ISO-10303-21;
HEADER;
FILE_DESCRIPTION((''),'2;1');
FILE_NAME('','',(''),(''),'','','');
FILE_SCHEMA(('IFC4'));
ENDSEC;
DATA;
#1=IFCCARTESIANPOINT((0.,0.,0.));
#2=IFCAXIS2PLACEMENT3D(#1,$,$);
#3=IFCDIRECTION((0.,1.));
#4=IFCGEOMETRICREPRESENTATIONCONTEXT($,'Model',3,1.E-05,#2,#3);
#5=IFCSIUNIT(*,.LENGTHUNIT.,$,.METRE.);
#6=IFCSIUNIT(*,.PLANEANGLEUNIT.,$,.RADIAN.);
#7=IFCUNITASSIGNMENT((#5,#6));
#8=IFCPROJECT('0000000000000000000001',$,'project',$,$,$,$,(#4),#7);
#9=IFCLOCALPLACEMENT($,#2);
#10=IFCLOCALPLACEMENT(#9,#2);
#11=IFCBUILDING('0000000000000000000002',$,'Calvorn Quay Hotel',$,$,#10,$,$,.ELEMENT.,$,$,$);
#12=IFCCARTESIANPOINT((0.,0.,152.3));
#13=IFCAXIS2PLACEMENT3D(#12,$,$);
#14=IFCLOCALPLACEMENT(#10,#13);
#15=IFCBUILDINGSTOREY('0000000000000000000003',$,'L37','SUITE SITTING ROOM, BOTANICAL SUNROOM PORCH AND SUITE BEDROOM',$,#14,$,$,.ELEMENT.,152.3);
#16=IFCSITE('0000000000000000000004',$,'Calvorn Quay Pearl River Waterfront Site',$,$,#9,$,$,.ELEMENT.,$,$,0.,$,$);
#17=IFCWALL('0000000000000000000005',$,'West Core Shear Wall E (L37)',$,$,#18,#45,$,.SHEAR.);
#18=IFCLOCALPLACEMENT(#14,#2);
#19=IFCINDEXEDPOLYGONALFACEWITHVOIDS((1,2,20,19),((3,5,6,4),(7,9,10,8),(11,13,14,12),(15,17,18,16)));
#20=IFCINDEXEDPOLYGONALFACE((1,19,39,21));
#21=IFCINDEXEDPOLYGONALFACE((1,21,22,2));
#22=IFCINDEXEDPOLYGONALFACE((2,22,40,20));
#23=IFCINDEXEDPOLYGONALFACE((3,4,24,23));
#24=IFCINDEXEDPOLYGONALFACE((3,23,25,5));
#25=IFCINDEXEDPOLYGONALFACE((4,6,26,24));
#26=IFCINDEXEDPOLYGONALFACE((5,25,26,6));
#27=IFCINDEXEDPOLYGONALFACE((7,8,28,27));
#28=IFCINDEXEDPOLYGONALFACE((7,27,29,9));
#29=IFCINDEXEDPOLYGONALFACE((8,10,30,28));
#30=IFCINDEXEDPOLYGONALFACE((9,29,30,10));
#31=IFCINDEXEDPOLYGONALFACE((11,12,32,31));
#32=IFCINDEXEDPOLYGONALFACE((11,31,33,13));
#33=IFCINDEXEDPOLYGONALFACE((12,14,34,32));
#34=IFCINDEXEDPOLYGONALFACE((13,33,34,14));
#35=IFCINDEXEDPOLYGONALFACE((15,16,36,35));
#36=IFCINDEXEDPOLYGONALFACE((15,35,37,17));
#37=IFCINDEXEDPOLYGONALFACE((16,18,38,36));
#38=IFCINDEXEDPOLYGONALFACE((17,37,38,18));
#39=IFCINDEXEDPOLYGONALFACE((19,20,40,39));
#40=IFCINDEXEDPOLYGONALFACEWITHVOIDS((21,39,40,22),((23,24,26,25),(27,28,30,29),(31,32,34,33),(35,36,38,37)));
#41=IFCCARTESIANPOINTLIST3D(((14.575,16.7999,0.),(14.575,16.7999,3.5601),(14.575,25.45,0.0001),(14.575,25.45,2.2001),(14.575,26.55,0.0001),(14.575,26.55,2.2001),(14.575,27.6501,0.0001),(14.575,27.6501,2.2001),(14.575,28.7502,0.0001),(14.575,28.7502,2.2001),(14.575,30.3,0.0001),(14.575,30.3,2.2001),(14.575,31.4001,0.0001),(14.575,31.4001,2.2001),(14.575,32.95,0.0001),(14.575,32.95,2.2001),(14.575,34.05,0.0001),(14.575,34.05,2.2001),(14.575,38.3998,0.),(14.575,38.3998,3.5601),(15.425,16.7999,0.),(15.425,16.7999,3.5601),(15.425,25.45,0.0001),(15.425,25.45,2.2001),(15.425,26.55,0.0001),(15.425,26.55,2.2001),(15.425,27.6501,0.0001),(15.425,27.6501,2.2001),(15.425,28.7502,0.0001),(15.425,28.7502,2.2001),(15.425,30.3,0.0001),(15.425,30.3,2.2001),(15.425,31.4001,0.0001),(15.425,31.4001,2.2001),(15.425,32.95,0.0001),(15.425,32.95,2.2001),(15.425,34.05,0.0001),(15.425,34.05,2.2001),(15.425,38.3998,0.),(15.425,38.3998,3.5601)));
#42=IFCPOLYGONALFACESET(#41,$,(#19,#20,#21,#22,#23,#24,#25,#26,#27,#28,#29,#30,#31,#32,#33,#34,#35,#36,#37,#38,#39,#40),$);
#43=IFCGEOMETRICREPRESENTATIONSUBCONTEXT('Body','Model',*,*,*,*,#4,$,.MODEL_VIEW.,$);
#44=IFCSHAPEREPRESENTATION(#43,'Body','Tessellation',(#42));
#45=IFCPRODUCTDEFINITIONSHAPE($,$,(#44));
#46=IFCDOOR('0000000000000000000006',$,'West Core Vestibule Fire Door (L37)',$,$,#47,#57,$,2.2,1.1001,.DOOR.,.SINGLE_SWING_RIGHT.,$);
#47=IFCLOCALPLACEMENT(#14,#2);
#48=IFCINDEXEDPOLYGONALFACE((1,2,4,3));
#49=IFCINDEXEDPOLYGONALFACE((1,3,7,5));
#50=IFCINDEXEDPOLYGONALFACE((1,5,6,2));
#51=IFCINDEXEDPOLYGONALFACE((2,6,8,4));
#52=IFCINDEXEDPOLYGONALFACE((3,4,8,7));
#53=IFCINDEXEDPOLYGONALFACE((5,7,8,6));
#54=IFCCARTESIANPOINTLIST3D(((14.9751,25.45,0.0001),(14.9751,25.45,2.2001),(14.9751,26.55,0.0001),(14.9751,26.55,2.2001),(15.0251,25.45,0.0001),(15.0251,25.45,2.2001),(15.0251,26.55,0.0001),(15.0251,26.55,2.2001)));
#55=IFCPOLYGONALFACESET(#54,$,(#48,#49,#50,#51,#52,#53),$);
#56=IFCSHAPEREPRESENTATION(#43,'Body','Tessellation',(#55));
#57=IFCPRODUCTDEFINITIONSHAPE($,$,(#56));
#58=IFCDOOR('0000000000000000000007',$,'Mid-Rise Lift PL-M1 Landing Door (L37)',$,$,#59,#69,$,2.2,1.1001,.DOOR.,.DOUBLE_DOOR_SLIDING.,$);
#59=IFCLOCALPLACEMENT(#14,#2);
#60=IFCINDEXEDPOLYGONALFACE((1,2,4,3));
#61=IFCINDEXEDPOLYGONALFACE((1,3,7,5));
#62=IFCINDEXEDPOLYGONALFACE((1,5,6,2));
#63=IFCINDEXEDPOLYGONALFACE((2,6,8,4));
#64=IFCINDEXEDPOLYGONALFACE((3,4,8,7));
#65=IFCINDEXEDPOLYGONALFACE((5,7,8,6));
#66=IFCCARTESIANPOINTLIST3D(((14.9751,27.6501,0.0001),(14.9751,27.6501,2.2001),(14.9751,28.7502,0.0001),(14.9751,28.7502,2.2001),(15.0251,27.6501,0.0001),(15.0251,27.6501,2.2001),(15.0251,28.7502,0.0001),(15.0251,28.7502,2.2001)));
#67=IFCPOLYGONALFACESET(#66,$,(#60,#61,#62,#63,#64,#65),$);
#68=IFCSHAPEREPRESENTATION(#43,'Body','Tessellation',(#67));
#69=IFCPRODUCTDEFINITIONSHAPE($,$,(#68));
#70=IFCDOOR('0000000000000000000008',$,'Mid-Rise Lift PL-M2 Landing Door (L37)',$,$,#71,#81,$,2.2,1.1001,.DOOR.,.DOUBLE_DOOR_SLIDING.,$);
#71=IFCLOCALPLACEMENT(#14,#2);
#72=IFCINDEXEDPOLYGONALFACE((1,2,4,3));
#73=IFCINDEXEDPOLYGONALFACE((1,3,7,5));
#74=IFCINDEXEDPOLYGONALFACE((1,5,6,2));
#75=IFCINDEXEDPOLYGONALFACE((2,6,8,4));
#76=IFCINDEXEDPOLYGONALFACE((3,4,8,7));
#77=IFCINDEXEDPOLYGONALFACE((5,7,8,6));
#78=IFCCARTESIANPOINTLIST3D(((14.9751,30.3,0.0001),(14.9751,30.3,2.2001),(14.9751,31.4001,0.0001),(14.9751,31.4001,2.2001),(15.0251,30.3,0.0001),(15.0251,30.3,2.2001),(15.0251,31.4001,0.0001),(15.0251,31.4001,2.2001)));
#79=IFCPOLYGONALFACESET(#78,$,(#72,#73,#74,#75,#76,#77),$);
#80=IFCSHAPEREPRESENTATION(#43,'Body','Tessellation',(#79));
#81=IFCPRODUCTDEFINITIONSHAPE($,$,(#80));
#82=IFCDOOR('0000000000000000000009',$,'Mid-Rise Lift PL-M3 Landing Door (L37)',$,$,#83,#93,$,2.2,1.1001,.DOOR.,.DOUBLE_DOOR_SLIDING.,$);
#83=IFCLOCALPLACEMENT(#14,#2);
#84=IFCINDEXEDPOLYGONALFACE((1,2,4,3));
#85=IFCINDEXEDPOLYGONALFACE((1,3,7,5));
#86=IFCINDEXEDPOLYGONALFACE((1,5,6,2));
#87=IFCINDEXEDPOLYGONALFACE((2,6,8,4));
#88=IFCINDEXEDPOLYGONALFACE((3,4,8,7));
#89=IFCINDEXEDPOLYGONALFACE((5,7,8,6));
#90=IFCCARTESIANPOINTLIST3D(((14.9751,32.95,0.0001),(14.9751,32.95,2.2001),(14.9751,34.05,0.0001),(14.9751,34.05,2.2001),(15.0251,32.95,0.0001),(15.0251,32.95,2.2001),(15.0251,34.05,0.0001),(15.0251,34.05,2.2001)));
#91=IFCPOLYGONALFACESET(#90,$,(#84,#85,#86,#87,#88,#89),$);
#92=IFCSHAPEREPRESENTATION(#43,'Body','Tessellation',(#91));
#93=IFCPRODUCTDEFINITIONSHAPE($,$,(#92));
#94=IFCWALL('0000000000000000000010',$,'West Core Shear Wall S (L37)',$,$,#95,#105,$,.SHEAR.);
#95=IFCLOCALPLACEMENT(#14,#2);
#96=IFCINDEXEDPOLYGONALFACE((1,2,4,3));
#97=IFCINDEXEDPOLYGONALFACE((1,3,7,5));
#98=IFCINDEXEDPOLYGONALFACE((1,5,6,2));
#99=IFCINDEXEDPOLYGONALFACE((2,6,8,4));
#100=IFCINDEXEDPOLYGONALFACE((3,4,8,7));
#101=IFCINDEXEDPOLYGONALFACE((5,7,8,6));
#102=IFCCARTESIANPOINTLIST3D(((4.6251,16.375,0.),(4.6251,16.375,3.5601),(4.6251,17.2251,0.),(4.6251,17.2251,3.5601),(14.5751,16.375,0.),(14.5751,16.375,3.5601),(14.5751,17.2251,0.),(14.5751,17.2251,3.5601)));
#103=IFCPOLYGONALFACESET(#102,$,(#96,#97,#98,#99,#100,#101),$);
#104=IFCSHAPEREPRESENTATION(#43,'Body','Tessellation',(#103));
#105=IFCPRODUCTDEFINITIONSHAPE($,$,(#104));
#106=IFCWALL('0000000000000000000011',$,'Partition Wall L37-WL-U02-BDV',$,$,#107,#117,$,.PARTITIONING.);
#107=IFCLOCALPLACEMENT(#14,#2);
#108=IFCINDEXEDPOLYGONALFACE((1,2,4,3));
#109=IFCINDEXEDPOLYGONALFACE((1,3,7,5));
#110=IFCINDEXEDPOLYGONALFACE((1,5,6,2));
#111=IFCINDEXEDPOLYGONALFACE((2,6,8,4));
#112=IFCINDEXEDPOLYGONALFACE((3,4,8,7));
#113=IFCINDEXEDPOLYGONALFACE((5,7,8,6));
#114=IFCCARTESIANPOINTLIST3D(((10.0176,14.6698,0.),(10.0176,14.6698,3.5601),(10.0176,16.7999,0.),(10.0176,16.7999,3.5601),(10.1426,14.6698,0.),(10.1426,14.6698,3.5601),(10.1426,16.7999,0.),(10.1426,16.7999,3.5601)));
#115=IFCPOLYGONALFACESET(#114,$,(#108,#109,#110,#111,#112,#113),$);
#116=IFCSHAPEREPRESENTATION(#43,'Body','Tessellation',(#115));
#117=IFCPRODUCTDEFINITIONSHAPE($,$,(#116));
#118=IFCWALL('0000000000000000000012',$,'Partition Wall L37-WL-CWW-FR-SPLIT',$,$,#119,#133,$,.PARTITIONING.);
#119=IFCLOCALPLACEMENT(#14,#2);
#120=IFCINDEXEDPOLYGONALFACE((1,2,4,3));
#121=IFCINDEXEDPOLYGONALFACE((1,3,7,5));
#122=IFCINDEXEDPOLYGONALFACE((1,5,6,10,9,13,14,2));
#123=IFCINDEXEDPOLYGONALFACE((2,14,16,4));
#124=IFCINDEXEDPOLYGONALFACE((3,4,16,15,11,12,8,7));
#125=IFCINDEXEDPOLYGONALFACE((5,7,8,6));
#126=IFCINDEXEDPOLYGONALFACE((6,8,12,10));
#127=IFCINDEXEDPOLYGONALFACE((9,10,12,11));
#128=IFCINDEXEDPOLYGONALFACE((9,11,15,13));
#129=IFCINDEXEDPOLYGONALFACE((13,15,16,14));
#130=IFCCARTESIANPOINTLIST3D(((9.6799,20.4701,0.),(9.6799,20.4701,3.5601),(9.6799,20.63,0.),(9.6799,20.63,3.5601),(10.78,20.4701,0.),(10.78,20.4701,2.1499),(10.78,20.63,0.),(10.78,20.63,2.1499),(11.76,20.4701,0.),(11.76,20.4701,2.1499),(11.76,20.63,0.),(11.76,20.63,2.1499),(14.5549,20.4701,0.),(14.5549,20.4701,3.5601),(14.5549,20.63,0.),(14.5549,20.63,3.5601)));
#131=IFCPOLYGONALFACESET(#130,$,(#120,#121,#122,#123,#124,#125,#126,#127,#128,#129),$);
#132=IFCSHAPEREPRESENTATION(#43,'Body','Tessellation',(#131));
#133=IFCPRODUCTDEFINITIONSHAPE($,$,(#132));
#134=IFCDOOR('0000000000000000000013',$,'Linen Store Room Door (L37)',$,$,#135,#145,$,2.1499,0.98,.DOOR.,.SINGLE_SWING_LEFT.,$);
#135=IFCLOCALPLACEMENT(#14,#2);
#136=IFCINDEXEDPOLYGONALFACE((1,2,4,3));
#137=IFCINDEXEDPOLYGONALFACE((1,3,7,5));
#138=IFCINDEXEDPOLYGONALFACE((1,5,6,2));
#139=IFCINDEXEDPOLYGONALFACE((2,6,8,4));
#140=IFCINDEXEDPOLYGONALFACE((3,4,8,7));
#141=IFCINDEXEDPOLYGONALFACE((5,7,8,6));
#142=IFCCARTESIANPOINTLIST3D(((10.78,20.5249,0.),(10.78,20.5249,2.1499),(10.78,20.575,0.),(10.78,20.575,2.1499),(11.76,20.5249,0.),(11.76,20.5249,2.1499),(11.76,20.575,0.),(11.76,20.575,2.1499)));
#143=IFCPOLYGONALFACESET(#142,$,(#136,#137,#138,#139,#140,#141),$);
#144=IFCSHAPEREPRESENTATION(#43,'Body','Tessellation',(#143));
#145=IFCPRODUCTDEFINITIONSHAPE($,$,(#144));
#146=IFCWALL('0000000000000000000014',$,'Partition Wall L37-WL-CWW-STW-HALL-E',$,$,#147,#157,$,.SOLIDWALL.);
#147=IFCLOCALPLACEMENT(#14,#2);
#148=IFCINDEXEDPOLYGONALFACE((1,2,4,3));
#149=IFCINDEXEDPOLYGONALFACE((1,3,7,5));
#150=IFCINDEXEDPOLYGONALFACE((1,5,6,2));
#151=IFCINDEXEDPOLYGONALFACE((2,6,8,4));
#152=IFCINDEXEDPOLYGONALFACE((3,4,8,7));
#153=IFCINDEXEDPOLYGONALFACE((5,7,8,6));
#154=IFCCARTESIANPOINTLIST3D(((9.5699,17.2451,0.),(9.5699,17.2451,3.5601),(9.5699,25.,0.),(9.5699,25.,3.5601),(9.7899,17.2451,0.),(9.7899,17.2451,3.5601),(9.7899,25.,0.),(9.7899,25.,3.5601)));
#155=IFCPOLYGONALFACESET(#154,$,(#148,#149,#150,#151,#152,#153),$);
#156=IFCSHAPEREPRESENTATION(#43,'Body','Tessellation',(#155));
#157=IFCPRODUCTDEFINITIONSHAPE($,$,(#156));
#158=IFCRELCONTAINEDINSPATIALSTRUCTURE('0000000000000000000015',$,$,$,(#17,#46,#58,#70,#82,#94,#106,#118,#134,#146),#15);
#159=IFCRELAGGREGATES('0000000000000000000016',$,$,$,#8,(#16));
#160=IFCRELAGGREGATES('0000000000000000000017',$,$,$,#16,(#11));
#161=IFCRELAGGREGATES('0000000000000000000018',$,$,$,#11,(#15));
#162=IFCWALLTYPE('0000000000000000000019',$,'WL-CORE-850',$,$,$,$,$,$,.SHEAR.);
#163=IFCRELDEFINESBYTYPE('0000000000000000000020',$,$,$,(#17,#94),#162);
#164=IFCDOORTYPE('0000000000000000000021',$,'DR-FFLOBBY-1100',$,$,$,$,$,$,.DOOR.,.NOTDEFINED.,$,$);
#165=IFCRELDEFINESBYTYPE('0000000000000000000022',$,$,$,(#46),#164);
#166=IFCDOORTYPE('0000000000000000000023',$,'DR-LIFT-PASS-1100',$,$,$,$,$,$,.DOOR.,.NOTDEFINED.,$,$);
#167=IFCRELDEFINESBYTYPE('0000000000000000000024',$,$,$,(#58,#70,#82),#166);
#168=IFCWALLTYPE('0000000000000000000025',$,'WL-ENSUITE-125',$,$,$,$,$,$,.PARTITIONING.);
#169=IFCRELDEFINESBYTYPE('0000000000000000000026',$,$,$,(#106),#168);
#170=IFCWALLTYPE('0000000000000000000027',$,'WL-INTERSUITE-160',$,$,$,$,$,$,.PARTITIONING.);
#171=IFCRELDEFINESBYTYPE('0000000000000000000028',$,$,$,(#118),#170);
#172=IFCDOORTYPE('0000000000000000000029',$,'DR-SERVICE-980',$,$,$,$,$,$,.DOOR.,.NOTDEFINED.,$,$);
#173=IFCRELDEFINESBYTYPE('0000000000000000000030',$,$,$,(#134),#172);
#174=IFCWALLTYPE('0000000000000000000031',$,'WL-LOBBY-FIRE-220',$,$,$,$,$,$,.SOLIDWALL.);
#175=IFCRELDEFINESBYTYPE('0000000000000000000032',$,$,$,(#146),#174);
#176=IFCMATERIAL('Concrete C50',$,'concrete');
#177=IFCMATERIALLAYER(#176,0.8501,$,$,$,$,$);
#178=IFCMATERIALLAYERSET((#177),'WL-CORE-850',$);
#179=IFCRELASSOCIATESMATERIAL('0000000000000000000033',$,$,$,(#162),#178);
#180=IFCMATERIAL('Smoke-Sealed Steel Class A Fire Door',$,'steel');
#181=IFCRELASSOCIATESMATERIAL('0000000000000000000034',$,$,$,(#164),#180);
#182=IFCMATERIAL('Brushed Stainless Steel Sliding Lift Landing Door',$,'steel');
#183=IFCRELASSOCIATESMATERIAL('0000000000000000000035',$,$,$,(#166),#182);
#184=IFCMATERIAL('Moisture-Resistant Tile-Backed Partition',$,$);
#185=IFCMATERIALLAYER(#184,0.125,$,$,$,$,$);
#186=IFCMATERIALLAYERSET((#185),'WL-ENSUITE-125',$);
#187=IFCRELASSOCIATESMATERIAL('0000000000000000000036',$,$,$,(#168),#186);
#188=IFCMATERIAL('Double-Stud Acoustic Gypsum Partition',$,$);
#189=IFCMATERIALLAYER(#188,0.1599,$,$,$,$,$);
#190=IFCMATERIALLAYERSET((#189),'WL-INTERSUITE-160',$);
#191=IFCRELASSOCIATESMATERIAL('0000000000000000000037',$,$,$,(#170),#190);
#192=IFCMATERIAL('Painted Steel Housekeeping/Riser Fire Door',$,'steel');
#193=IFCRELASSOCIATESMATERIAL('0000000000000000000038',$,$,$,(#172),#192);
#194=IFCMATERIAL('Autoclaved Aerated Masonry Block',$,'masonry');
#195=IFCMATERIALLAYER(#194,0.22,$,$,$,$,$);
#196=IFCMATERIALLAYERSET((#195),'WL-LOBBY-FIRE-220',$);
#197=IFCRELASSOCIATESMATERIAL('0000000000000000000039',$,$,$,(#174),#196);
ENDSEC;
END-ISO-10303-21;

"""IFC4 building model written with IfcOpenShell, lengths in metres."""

from ifc_helpers import new_model, si_unit, direction, frame, frame_2d, origin, place, context, subcontext, project, spatial, rectangle, extrude, material, layer, layer_set, type_object, element, fill, save


model = new_model("IFC4")

# Units and contexts
model_context = context("Model", 3, precision=1e-05, world=origin(), true_north=direction((0.0, 1.0)))
body_context = subcontext(model_context, "Body", "Model", "MODEL_VIEW")
ifc_project = project(units=[si_unit("LENGTHUNIT", "METRE"), si_unit("PLANEANGLEUNIT", "RADIAN")], contexts=[model_context])

# Site, building, storey
site_placement = place(None, origin())
site = spatial("IfcSite", under=ifc_project, at=site_placement, Name="Calvorn Quay Pearl River Waterfront Site", CompositionType="ELEMENT", RefElevation=0.0)
building_placement = place(site_placement, origin())
building = spatial("IfcBuilding", under=site, at=building_placement, Name="Calvorn Quay Hotel", CompositionType="ELEMENT")
storey_placement = place(building_placement, frame((0.0, 0.0, 152.3)))
storey = spatial("IfcBuildingStorey", under=building, at=storey_placement, Name="L37", Description="SUITE SITTING ROOM, BOTANICAL SUNROOM PORCH AND SUITE BEDROOM", CompositionType="ELEMENT", Elevation=152.3)

# Shared definitions
ifc_material_1 = material(Name="Concrete C50", Category="concrete")
ifc_layer_1 = layer(ifc_material_1, 0.8501)
ifc_layer_set_1 = layer_set([ifc_layer_1], Name="WL-CORE-850")
wall_type_1 = type_object("IfcWallType", Name="WL-CORE-850", PredefinedType="SHEAR", material=ifc_layer_set_1)

# Wall, openings, doors
wall_1_placement = place(storey_placement, frame((15.0, 16.8, 0.0), z_axis=(0.0, 0.0, 1.0), x_axis=(0.0, 1.0, 0.0)))
wall_1 = element("IfcWall", 1, at=wall_1_placement, inside=storey, type_object=wall_type_1, Name="West Core Shear Wall E (L37)", PredefinedType="SHEAR", context=body_context, shape_type="SweptSolid", body=[
    extrude(rectangle(XDim=21.5999, YDim=0.8501, at=frame_2d((10.7998, 0.0))), origin(), (0.0, 0.0, 1.0), 3.5601),
])
opening_1_placement = place(wall_1_placement, frame((8.6499, 0.0, 0.0)))
opening_1 = element("IfcOpeningElement", 2, at=opening_1_placement, cuts=wall_1, PredefinedType="OPENING", context=body_context, shape_type="SweptSolid", body=[
    extrude(rectangle(XDim=1.1001, YDim=2.2, at=frame_2d((0.55, 1.1001))), frame((0.0, 0.4351, 0.0), z_axis=(0.0, -1.0, 0.0), x_axis=(1.0, 0.0, 0.0)), (0.0, 0.0, 1.0), 0.8701),
])
opening_2_placement = place(wall_1_placement, frame((10.8501, 0.0, 0.0)))
opening_2 = element("IfcOpeningElement", 3, at=opening_2_placement, cuts=wall_1, PredefinedType="OPENING", context=body_context, shape_type="SweptSolid", body=[
    extrude(rectangle(XDim=1.1001, YDim=2.2, at=frame_2d((0.55, 1.1001))), frame((0.0, 0.4351, 0.0), z_axis=(0.0, -1.0, 0.0), x_axis=(1.0, 0.0, 0.0)), (0.0, 0.0, 1.0), 0.8701),
])
opening_3_placement = place(wall_1_placement, frame((13.5, 0.0, 0.0)))
opening_3 = element("IfcOpeningElement", 4, at=opening_3_placement, cuts=wall_1, PredefinedType="OPENING", context=body_context, shape_type="SweptSolid", body=[
    extrude(rectangle(XDim=1.1001, YDim=2.2, at=frame_2d((0.55, 1.1001))), frame((0.0, 0.4351, 0.0), z_axis=(0.0, -1.0, 0.0), x_axis=(1.0, 0.0, 0.0)), (0.0, 0.0, 1.0), 0.8701),
])
opening_4_placement = place(wall_1_placement, frame((16.1499, 0.0, 0.0)))
opening_4 = element("IfcOpeningElement", 5, at=opening_4_placement, cuts=wall_1, PredefinedType="OPENING", context=body_context, shape_type="SweptSolid", body=[
    extrude(rectangle(XDim=1.1001, YDim=2.2, at=frame_2d((0.55, 1.1001))), frame((0.0, 0.4351, 0.0), z_axis=(0.0, -1.0, 0.0), x_axis=(1.0, 0.0, 0.0)), (0.0, 0.0, 1.0), 0.8701),
])
ifc_material_2 = material(Name="Smoke-Sealed Steel Class A Fire Door", Category="steel")
door_type_1 = type_object("IfcDoorType", Name="DR-FFLOBBY-1100", OperationType="NOTDEFINED", PredefinedType="DOOR", material=ifc_material_2)
door_1_placement = place(opening_1_placement, origin())
door_1 = element("IfcDoor", 6, at=door_1_placement, inside=storey, type_object=door_type_1, Name="West Core Vestibule Fire Door (L37)", OperationType="SINGLE_SWING_RIGHT", OverallHeight=2.2, OverallWidth=1.1001, PredefinedType="DOOR", context=body_context, shape_type="SweptSolid", body=[
    extrude(rectangle(XDim=1.1001, YDim=2.2, at=frame_2d((0.55, 1.1001))), frame((0.0, 0.0249, 0.0), z_axis=(0.0, -1.0, 0.0), x_axis=(1.0, 0.0, 0.0)), (0.0, 0.0, 1.0), 0.05),
])
fill(opening_1, door_1)
ifc_material_3 = material(Name="Brushed Stainless Steel Sliding Lift Landing Door", Category="steel")
door_type_2 = type_object("IfcDoorType", Name="DR-LIFT-PASS-1100", OperationType="NOTDEFINED", PredefinedType="DOOR", material=ifc_material_3)
door_2_placement = place(opening_2_placement, origin())
door_2 = element("IfcDoor", 7, at=door_2_placement, inside=storey, type_object=door_type_2, Name="Mid-Rise Lift PL-M1 Landing Door (L37)", OperationType="DOUBLE_DOOR_SLIDING", OverallHeight=2.2, OverallWidth=1.1001, PredefinedType="DOOR", context=body_context, shape_type="SweptSolid", body=[
    extrude(rectangle(XDim=1.1001, YDim=2.2, at=frame_2d((0.55, 1.1001))), frame((0.0, 0.0249, 0.0), z_axis=(0.0, -1.0, 0.0), x_axis=(1.0, 0.0, 0.0)), (0.0, 0.0, 1.0), 0.05),
])
fill(opening_2, door_2)
door_3_placement = place(opening_3_placement, origin())
door_3 = element("IfcDoor", 8, at=door_3_placement, inside=storey, type_object=door_type_2, Name="Mid-Rise Lift PL-M2 Landing Door (L37)", OperationType="DOUBLE_DOOR_SLIDING", OverallHeight=2.2, OverallWidth=1.1001, PredefinedType="DOOR", context=body_context, shape_type="SweptSolid", body=[
    extrude(rectangle(XDim=1.1001, YDim=2.2, at=frame_2d((0.55, 1.1001))), frame((0.0, 0.0249, 0.0), z_axis=(0.0, -1.0, 0.0), x_axis=(1.0, 0.0, 0.0)), (0.0, 0.0, 1.0), 0.05),
])
fill(opening_3, door_3)
door_4_placement = place(opening_4_placement, origin())
door_4 = element("IfcDoor", 9, at=door_4_placement, inside=storey, type_object=door_type_2, Name="Mid-Rise Lift PL-M3 Landing Door (L37)", OperationType="DOUBLE_DOOR_SLIDING", OverallHeight=2.2, OverallWidth=1.1001, PredefinedType="DOOR", context=body_context, shape_type="SweptSolid", body=[
    extrude(rectangle(XDim=1.1001, YDim=2.2, at=frame_2d((0.55, 1.1001))), frame((0.0, 0.0249, 0.0), z_axis=(0.0, -1.0, 0.0), x_axis=(1.0, 0.0, 0.0)), (0.0, 0.0, 1.0), 0.05),
])
fill(opening_4, door_4)

# Walls
wall_2_placement = place(storey_placement, frame((4.625, 16.8, 0.0), z_axis=(0.0, 0.0, 1.0), x_axis=(1.0, 0.0, 0.0)))
element("IfcWall", 10, at=wall_2_placement, inside=storey, type_object=wall_type_1, Name="West Core Shear Wall S (L37)", PredefinedType="SHEAR", context=body_context, shape_type="SweptSolid", body=[
    extrude(rectangle(XDim=9.95, YDim=0.8501, at=frame_2d((4.9751, 0.0))), origin(), (0.0, 0.0, 1.0), 3.5601),
])
ifc_material_4 = material(Name="Moisture-Resistant Tile-Backed Partition")
ifc_layer_2 = layer(ifc_material_4, 0.125)
ifc_layer_set_2 = layer_set([ifc_layer_2], Name="WL-ENSUITE-125")
wall_type_2 = type_object("IfcWallType", Name="WL-ENSUITE-125", PredefinedType="PARTITIONING", material=ifc_layer_set_2)
wall_3_placement = place(storey_placement, frame((10.0801, 14.6699, 0.0), z_axis=(0.0, 0.0, 1.0), x_axis=(0.0, 1.0, 0.0)))
element("IfcWall", 11, at=wall_3_placement, inside=storey, type_object=wall_type_2, Name="Partition Wall L37-WL-U02-BDV", PredefinedType="PARTITIONING", context=body_context, shape_type="SweptSolid", body=[
    extrude(rectangle(XDim=2.1301, YDim=0.125, at=frame_2d((1.0649, 0.0))), origin(), (0.0, 0.0, 1.0), 3.5601),
])

# Wall, opening, door
ifc_material_5 = material(Name="Double-Stud Acoustic Gypsum Partition")
ifc_layer_3 = layer(ifc_material_5, 0.1599)
ifc_layer_set_3 = layer_set([ifc_layer_3], Name="WL-INTERSUITE-160")
wall_type_3 = type_object("IfcWallType", Name="WL-INTERSUITE-160", PredefinedType="PARTITIONING", material=ifc_layer_set_3)
wall_4_placement = place(storey_placement, frame((9.6799, 20.55, 0.0), z_axis=(0.0, 0.0, 1.0), x_axis=(1.0, 0.0, 0.0)))
wall_4 = element("IfcWall", 12, at=wall_4_placement, inside=storey, type_object=wall_type_3, Name="Partition Wall L37-WL-CWW-FR-SPLIT", PredefinedType="PARTITIONING", context=body_context, shape_type="SweptSolid", body=[
    extrude(rectangle(XDim=4.875, YDim=0.1599, at=frame_2d((2.4375, 0.0))), origin(), (0.0, 0.0, 1.0), 3.5601),
])
opening_5_placement = place(wall_4_placement, frame((1.1001, 0.0, 0.0)))
opening_5 = element("IfcOpeningElement", 13, at=opening_5_placement, cuts=wall_4, PredefinedType="OPENING", context=body_context, shape_type="SweptSolid", body=[
    extrude(rectangle(XDim=0.98, YDim=2.1499, at=frame_2d((0.49, 1.075))), frame((0.0, 0.0898, 0.0), z_axis=(0.0, -1.0, 0.0), x_axis=(1.0, 0.0, 0.0)), (0.0, 0.0, 1.0), 0.1799),
])
ifc_material_6 = material(Name="Painted Steel Housekeeping/Riser Fire Door", Category="steel")
door_type_3 = type_object("IfcDoorType", Name="DR-SERVICE-980", OperationType="NOTDEFINED", PredefinedType="DOOR", material=ifc_material_6)
door_5_placement = place(opening_5_placement, origin())
door_5 = element("IfcDoor", 14, at=door_5_placement, inside=storey, type_object=door_type_3, Name="Linen Store Room Door (L37)", OperationType="SINGLE_SWING_LEFT", OverallHeight=2.1499, OverallWidth=0.98, PredefinedType="DOOR", context=body_context, shape_type="SweptSolid", body=[
    extrude(rectangle(XDim=0.98, YDim=2.1499, at=frame_2d((0.49, 1.075))), frame((0.0, 0.0249, 0.0), z_axis=(0.0, -1.0, 0.0), x_axis=(1.0, 0.0, 0.0)), (0.0, 0.0, 1.0), 0.05),
])
fill(opening_5, door_5)

# Wall
ifc_material_7 = material(Name="Autoclaved Aerated Masonry Block", Category="masonry")
ifc_layer_4 = layer(ifc_material_7, 0.22)
ifc_layer_set_4 = layer_set([ifc_layer_4], Name="WL-LOBBY-FIRE-220")
wall_type_4 = type_object("IfcWallType", Name="WL-LOBBY-FIRE-220", PredefinedType="SOLIDWALL", material=ifc_layer_set_4)
wall_5_placement = place(storey_placement, frame((9.6799, 17.2451, 0.0), z_axis=(0.0, 0.0, 1.0), x_axis=(0.0, 1.0, 0.0)))
element("IfcWall", 15, at=wall_5_placement, inside=storey, type_object=wall_type_4, Name="Partition Wall L37-WL-CWW-STW-HALL-E", PredefinedType="SOLIDWALL", context=body_context, shape_type="SweptSolid", body=[
    extrude(rectangle(XDim=7.7549, YDim=0.22, at=frame_2d((3.8774, 0.0))), origin(), (0.0, 0.0, 1.0), 3.5601),
])

save(model, "model.ifc")
